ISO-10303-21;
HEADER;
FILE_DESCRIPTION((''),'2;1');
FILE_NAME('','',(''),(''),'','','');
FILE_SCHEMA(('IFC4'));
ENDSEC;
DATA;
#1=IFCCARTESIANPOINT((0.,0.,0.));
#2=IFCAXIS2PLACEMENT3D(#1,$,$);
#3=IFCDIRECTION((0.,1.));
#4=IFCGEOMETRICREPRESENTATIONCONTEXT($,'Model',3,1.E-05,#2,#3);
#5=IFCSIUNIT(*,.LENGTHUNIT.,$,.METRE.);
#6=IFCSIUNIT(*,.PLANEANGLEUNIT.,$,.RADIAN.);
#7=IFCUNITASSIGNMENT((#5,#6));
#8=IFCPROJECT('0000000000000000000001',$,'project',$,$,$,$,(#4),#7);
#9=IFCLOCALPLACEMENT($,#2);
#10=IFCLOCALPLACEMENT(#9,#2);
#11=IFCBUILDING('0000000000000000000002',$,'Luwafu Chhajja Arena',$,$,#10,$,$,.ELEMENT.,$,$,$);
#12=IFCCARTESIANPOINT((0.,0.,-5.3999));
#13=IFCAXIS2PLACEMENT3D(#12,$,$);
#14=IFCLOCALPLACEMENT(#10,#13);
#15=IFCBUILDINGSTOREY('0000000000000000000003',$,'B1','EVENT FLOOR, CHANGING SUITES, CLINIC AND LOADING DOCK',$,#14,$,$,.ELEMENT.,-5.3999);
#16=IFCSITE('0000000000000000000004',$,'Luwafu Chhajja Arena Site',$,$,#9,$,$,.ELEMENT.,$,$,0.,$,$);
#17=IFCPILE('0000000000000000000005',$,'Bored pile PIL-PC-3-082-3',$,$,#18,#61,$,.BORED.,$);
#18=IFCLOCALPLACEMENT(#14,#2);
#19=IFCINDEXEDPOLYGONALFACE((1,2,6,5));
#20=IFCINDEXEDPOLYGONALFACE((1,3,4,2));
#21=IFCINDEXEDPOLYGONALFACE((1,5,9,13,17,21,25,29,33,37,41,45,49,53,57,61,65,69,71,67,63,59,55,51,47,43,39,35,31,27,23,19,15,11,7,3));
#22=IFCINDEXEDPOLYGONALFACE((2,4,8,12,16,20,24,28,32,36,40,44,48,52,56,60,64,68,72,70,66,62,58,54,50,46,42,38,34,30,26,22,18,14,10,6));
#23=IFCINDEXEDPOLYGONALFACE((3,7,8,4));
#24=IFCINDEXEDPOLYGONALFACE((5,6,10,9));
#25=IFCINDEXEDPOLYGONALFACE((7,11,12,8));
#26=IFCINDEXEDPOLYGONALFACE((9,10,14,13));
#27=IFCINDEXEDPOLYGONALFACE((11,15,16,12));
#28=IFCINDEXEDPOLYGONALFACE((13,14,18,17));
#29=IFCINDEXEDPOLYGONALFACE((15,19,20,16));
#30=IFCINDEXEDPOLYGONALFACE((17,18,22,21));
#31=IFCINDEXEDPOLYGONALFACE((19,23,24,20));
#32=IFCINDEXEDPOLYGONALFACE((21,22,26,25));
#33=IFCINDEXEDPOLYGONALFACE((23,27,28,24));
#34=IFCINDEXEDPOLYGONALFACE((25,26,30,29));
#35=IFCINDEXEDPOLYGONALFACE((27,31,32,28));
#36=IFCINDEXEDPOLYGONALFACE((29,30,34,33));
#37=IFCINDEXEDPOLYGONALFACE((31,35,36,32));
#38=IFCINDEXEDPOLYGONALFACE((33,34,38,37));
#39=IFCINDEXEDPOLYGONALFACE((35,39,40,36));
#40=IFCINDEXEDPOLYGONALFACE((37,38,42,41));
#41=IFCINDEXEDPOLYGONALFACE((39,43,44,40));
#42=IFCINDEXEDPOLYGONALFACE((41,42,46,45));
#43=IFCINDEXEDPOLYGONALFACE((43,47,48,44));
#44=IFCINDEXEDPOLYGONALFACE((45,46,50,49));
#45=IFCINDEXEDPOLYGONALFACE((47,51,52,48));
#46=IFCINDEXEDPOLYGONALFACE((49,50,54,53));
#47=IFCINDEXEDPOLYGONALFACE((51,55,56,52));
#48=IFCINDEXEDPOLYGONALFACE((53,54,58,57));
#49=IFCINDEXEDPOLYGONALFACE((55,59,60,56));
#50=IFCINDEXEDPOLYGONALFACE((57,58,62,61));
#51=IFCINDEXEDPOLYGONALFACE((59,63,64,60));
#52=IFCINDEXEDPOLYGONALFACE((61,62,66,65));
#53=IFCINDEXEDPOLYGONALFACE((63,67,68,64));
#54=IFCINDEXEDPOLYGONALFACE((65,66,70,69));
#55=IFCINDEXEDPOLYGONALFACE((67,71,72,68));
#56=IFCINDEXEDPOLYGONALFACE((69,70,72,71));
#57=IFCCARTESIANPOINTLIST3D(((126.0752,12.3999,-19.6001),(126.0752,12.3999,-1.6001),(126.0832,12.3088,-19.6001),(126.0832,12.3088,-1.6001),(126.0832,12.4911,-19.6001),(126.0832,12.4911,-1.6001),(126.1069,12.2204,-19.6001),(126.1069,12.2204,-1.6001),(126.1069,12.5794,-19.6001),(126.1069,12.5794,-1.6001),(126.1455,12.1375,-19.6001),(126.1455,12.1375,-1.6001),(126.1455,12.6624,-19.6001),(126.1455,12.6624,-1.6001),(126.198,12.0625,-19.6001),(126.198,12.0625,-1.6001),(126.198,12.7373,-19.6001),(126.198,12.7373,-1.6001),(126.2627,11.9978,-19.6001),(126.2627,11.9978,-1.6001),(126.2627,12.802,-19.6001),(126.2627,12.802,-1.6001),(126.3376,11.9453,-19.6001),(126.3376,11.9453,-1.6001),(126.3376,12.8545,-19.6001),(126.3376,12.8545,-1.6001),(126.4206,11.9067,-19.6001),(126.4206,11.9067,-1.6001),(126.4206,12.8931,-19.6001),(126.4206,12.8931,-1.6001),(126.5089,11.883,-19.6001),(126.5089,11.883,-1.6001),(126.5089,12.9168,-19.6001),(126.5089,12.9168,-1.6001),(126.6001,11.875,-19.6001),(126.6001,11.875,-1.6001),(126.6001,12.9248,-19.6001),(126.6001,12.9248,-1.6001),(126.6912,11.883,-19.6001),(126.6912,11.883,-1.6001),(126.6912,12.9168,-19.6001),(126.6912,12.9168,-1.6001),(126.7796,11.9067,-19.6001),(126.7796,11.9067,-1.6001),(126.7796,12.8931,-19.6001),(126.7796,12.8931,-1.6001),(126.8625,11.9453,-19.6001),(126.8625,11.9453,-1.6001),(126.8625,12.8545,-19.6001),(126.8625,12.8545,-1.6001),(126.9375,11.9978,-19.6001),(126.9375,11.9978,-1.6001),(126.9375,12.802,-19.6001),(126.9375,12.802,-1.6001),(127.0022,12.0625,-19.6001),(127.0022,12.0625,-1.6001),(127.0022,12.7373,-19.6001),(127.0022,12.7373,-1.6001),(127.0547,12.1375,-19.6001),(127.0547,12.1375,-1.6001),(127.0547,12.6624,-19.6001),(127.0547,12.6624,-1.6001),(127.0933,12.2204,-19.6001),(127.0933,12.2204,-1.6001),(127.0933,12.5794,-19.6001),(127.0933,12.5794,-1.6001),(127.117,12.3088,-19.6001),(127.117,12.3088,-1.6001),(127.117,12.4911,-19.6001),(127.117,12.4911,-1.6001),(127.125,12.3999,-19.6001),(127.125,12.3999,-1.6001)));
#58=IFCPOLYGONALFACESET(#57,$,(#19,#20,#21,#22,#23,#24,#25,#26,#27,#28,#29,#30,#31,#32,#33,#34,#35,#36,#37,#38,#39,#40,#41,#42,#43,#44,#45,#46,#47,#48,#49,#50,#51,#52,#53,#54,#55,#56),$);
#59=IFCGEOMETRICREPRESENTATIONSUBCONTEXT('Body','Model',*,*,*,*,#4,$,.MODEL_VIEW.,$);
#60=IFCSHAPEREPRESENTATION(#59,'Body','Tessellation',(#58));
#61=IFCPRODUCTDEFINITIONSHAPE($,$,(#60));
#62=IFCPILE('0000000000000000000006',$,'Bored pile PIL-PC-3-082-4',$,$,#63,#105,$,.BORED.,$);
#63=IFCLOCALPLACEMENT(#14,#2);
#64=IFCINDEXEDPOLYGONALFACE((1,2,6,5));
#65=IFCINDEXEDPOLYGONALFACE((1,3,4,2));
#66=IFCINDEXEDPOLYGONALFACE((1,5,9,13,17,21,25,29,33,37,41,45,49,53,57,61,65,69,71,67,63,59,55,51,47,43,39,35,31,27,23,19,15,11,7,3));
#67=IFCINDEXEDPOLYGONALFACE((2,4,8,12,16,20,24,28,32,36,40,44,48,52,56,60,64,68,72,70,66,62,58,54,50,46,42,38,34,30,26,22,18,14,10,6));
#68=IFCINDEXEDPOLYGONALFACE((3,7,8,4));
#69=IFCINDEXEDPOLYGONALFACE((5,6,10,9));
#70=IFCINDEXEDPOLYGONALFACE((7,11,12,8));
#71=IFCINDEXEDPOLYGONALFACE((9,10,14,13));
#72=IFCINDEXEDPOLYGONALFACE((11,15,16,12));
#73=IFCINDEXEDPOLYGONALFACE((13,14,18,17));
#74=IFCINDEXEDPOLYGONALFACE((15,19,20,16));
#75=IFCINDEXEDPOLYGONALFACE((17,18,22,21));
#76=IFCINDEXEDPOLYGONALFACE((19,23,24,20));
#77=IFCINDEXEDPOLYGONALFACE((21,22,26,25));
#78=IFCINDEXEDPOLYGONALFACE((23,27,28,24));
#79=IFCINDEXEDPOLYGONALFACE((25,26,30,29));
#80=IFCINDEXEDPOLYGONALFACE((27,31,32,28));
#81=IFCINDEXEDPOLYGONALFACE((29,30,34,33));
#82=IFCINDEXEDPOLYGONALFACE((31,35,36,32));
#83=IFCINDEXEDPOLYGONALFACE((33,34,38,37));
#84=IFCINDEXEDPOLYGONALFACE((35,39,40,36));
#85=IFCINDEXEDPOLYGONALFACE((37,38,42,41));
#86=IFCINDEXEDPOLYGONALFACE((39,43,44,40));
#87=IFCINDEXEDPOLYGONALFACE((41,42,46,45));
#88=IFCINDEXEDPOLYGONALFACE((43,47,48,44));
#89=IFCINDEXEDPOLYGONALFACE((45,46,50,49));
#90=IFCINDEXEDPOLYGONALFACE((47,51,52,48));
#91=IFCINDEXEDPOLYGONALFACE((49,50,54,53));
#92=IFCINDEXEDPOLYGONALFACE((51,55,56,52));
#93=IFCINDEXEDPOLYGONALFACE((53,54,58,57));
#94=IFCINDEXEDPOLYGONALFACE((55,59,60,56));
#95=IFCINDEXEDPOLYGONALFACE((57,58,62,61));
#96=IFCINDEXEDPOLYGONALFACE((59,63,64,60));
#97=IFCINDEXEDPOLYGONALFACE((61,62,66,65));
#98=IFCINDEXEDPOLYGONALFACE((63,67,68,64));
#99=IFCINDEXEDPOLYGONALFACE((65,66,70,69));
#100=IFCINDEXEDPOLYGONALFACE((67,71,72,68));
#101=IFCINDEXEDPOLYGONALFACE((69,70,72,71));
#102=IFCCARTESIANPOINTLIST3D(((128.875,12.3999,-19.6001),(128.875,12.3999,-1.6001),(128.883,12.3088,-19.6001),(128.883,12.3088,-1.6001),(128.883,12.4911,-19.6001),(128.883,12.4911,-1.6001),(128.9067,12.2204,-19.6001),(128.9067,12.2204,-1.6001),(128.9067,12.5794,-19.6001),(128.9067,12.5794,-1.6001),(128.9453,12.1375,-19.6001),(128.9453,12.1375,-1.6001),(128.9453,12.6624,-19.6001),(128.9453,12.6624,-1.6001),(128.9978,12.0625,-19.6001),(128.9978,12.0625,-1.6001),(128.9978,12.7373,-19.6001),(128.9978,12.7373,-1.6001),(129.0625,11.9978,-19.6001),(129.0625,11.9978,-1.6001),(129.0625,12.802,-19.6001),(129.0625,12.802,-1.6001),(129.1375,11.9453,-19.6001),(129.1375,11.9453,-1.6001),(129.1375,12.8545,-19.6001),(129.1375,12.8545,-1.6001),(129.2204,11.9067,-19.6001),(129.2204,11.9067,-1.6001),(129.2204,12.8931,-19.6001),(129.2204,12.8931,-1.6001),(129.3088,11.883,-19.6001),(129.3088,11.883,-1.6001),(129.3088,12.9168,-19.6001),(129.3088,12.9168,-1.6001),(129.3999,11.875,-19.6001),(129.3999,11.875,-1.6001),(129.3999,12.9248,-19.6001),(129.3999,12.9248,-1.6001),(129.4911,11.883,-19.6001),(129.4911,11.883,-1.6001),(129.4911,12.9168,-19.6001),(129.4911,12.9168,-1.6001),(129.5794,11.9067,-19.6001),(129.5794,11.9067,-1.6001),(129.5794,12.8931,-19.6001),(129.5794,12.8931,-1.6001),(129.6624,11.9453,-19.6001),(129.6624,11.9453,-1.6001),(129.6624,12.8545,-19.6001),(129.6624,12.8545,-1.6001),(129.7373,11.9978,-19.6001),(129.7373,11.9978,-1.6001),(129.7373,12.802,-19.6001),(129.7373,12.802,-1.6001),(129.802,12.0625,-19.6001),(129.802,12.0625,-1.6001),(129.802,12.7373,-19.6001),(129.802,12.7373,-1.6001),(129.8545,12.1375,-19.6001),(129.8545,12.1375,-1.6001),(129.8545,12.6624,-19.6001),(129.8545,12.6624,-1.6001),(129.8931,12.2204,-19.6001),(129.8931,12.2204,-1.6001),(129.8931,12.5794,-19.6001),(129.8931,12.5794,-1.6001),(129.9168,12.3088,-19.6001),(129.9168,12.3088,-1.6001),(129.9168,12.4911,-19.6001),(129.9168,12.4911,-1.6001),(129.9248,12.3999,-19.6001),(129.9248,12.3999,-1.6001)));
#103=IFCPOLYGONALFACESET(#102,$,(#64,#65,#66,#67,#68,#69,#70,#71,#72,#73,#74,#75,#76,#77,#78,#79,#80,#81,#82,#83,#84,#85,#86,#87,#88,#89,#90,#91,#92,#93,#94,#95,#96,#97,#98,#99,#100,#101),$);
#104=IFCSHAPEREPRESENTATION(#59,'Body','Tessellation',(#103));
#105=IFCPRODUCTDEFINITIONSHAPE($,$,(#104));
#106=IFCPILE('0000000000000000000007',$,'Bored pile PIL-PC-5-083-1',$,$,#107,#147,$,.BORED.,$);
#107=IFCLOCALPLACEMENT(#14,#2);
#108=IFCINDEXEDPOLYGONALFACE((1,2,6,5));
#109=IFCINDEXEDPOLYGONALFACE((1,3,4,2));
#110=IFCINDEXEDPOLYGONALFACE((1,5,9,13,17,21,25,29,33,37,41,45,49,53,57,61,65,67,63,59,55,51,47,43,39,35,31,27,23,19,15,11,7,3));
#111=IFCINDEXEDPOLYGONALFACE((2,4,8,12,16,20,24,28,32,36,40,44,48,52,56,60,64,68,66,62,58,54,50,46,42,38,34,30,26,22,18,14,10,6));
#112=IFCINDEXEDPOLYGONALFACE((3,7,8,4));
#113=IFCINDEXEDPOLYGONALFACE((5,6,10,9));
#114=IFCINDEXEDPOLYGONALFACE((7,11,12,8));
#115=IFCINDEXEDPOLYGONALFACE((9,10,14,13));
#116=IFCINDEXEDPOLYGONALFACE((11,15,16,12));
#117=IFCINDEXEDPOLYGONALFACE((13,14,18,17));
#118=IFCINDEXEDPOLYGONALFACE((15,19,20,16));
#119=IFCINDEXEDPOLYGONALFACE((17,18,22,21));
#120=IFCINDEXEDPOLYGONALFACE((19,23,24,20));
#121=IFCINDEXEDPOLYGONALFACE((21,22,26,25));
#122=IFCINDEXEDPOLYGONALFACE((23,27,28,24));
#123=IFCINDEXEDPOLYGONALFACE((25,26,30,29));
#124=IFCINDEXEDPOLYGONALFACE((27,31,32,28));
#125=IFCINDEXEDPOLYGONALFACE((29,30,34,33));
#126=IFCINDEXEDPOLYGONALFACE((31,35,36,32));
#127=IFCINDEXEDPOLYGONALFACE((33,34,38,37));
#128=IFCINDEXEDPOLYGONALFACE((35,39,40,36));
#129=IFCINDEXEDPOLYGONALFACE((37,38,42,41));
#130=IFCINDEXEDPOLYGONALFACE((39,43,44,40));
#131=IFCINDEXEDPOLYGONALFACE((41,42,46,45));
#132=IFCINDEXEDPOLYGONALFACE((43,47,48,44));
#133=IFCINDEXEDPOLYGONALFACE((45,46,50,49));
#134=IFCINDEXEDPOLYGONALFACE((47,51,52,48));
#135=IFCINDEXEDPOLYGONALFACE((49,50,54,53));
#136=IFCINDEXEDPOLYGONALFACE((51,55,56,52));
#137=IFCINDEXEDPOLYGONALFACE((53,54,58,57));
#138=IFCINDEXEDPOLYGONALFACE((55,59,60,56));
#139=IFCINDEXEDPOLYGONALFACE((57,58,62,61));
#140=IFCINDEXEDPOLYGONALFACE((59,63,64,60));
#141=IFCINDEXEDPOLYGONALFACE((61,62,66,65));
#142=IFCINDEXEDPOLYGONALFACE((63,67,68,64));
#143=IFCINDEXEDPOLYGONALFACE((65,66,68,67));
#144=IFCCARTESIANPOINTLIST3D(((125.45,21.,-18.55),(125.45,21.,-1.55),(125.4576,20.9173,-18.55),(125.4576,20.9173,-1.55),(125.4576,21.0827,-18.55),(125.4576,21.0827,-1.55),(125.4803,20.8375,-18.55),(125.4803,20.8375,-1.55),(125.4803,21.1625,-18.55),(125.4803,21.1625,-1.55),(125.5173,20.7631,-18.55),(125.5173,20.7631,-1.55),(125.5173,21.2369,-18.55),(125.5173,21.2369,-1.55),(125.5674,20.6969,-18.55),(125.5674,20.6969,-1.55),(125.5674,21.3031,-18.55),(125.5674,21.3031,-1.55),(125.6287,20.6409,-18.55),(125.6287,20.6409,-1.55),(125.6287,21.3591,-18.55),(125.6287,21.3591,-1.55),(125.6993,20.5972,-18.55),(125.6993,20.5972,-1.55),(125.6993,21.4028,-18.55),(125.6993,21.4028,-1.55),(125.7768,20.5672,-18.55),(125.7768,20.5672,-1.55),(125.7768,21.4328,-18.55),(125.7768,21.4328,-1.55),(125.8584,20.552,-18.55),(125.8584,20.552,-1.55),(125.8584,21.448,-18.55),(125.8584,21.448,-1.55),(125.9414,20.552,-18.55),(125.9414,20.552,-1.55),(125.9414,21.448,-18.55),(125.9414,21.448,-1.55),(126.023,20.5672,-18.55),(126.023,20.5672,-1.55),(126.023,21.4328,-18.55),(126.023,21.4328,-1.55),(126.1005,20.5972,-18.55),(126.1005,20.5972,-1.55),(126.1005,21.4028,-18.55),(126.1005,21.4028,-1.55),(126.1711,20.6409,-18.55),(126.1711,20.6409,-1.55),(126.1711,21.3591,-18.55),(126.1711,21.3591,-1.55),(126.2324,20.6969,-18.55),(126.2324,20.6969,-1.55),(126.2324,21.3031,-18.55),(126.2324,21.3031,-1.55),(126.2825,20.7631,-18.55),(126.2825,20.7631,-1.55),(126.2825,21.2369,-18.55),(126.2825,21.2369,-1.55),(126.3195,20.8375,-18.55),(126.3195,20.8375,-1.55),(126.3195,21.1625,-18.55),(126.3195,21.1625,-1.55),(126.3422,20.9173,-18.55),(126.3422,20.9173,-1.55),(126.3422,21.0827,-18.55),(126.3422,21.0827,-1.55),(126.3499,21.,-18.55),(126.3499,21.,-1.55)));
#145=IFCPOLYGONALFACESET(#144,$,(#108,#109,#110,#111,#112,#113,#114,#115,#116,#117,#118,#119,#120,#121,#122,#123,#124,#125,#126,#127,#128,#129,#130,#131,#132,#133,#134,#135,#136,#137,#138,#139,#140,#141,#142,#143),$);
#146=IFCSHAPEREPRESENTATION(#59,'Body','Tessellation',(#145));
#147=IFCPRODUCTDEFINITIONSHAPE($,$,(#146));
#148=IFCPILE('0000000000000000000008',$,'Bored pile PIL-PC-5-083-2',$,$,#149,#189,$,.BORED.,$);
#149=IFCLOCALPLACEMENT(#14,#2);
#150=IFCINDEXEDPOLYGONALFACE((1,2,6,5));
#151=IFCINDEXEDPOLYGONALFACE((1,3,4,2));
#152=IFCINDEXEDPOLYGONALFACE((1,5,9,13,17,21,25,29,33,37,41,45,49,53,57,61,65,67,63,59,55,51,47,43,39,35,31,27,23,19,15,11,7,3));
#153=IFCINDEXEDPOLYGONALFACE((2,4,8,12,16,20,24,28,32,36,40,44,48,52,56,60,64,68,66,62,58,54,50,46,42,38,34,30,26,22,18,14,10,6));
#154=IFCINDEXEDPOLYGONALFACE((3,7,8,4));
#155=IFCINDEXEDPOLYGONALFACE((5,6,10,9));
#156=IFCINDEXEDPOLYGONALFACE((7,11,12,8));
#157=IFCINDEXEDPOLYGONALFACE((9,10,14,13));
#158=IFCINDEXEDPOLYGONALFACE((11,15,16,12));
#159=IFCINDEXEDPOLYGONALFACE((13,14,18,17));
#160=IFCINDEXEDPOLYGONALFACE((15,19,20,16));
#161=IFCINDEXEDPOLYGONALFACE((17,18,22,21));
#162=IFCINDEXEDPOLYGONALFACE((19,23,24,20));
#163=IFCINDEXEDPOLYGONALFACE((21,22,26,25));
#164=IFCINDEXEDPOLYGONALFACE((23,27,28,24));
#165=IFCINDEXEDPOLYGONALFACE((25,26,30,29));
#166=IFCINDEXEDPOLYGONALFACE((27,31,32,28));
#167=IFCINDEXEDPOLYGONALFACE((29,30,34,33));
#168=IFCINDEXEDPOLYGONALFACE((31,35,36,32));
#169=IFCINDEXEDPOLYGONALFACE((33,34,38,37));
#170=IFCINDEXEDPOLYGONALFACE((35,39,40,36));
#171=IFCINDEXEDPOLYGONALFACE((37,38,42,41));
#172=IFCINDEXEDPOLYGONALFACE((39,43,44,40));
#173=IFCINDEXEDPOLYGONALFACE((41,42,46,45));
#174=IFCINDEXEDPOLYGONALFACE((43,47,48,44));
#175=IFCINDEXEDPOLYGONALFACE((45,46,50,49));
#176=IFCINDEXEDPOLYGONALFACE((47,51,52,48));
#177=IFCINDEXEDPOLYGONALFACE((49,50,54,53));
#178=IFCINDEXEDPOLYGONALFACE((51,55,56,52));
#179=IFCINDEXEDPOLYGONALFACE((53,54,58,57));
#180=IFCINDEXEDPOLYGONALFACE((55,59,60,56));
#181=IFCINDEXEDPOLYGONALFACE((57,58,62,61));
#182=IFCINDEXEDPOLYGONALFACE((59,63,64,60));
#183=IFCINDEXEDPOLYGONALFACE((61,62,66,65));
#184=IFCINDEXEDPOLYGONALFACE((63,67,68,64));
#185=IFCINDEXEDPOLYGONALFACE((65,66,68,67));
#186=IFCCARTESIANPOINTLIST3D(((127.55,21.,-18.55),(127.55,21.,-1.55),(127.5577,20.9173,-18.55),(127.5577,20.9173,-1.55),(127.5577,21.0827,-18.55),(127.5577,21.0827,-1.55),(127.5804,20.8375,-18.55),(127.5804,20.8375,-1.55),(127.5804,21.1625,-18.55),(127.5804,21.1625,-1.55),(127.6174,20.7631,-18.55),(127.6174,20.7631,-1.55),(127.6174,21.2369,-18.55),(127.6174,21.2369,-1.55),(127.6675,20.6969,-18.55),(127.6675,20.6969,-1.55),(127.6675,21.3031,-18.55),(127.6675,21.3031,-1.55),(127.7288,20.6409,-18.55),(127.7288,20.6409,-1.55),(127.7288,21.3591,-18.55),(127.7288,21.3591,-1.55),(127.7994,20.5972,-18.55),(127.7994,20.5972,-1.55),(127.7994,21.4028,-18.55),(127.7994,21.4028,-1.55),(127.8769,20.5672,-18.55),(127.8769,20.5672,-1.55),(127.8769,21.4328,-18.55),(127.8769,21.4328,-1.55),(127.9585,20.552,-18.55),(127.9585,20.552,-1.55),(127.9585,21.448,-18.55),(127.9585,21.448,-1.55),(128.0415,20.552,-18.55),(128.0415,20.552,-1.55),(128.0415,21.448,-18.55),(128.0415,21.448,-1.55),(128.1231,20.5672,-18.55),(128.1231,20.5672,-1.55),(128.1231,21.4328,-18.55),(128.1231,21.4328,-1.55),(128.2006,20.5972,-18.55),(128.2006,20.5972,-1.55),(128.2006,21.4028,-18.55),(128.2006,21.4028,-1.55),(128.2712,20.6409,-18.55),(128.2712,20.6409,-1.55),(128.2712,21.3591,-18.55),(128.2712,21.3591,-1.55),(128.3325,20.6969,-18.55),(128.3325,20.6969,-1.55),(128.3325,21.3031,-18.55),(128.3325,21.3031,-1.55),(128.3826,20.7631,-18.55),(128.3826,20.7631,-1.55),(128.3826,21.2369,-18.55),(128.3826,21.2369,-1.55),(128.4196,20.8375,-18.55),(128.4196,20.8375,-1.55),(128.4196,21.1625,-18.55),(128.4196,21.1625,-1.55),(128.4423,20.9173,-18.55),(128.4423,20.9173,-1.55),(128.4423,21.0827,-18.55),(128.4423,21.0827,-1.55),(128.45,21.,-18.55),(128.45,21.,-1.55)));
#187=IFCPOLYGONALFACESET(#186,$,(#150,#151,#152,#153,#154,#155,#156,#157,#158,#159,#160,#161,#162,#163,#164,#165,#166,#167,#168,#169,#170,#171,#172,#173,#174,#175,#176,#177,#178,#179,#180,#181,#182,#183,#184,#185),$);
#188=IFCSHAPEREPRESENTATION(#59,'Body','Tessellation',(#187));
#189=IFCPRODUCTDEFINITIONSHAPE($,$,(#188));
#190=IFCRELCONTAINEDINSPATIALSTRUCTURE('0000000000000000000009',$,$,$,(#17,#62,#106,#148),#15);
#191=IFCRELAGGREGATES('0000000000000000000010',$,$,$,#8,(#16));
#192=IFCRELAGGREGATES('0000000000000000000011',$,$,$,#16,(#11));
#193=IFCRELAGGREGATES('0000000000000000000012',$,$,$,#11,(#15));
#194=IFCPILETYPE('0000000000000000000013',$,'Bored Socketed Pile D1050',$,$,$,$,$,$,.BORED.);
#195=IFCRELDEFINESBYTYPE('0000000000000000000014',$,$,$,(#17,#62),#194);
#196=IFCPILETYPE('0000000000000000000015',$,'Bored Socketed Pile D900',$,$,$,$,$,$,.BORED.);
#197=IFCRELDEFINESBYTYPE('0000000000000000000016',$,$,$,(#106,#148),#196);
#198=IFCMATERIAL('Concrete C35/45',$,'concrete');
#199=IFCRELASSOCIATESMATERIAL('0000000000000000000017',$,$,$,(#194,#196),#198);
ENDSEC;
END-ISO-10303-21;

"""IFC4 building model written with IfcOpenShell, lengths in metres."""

from ifc_helpers import new_model, si_unit, direction, frame, origin, origin_2d, place, context, subcontext, project, spatial, circle, extrude, material, material_profile, profile_set, type_object, element, save


model = new_model("IFC4")

# Units and contexts
model_context = context("Model", 3, precision=1e-05, world=origin(), true_north=direction((0.0, 1.0)))
body_context = subcontext(model_context, "Body", "Model", "MODEL_VIEW")
ifc_project = project(units=[si_unit("LENGTHUNIT", "METRE"), si_unit("PLANEANGLEUNIT", "RADIAN")], contexts=[model_context])

# Site, building, storey
site_placement = place(None, origin())
site = spatial("IfcSite", under=ifc_project, at=site_placement, Name="Luwafu Chhajja Arena Site", CompositionType="ELEMENT", RefElevation=0.0)
building_placement = place(site_placement, origin())
building = spatial("IfcBuilding", under=site, at=building_placement, Name="Luwafu Chhajja Arena", CompositionType="ELEMENT")
storey_placement = place(building_placement, frame((0.0, 0.0, -5.3999)))
storey = spatial("IfcBuildingStorey", under=building, at=storey_placement, Name="B1", Description="EVENT FLOOR, CHANGING SUITES, CLINIC AND LOADING DOCK", CompositionType="ELEMENT", Elevation=-5.3999)

# Shared definitions
ifc_material_1 = material(Name="Concrete C35/45", Category="concrete")

# Piles
ifc_material_profile_1 = material_profile(ifc_material_1, circle(Radius=0.5249, at=origin_2d()), Name="PILE D1050")
ifc_profile_set_1 = profile_set([ifc_material_profile_1], Name="Concrete C35/45")
pile_type_1 = type_object("IfcPileType", Name="Bored Socketed Pile D1050", PredefinedType="BORED", material=ifc_profile_set_1)
for number, where, z_axis, x_axis, name in (
    (1, (126.6001, 12.3999, -1.6001), (0.0, 0.0, -1.0), (1.0, 0.0, 0.0), "Bored pile PIL-PC-3-082-3"),
    (2, (129.3999, 12.3999, -1.6001), (0.0, 0.0, -1.0), (1.0, 0.0, 0.0), "Bored pile PIL-PC-3-082-4"),
):
    element("IfcPile", number, at=place(storey_placement, frame(where, z_axis=z_axis, x_axis=x_axis)), inside=storey, type_object=pile_type_1, Name=name, PredefinedType="BORED", context=body_context, shape_type="SweptSolid", body=[
        extrude(circle(Radius=0.5249, at=origin_2d()), origin(), (0.0, 0.0, 1.0), 18.0),
    ])
ifc_material_profile_2 = material_profile(ifc_material_1, circle(Radius=0.45, at=origin_2d()), Name="PILE D900")
ifc_profile_set_2 = profile_set([ifc_material_profile_2], Name="Concrete C35/45")
pile_type_2 = type_object("IfcPileType", Name="Bored Socketed Pile D900", PredefinedType="BORED", material=ifc_profile_set_2)
for number, where, z_axis, x_axis, name in (
    (3, (125.8999, 21.0, -1.55), (0.0, 0.0, -1.0), (1.0, 0.0, 0.0), "Bored pile PIL-PC-5-083-1"),
    (4, (128.0, 21.0, -1.55), (0.0, 0.0, -1.0), (1.0, 0.0, 0.0), "Bored pile PIL-PC-5-083-2"),
):
    element("IfcPile", number, at=place(storey_placement, frame(where, z_axis=z_axis, x_axis=x_axis)), inside=storey, type_object=pile_type_2, Name=name, PredefinedType="BORED", context=body_context, shape_type="SweptSolid", body=[
        extrude(circle(Radius=0.45, at=origin_2d()), origin(), (0.0, 0.0, 1.0), 17.0),
    ])

save(model, "model.ifc")
